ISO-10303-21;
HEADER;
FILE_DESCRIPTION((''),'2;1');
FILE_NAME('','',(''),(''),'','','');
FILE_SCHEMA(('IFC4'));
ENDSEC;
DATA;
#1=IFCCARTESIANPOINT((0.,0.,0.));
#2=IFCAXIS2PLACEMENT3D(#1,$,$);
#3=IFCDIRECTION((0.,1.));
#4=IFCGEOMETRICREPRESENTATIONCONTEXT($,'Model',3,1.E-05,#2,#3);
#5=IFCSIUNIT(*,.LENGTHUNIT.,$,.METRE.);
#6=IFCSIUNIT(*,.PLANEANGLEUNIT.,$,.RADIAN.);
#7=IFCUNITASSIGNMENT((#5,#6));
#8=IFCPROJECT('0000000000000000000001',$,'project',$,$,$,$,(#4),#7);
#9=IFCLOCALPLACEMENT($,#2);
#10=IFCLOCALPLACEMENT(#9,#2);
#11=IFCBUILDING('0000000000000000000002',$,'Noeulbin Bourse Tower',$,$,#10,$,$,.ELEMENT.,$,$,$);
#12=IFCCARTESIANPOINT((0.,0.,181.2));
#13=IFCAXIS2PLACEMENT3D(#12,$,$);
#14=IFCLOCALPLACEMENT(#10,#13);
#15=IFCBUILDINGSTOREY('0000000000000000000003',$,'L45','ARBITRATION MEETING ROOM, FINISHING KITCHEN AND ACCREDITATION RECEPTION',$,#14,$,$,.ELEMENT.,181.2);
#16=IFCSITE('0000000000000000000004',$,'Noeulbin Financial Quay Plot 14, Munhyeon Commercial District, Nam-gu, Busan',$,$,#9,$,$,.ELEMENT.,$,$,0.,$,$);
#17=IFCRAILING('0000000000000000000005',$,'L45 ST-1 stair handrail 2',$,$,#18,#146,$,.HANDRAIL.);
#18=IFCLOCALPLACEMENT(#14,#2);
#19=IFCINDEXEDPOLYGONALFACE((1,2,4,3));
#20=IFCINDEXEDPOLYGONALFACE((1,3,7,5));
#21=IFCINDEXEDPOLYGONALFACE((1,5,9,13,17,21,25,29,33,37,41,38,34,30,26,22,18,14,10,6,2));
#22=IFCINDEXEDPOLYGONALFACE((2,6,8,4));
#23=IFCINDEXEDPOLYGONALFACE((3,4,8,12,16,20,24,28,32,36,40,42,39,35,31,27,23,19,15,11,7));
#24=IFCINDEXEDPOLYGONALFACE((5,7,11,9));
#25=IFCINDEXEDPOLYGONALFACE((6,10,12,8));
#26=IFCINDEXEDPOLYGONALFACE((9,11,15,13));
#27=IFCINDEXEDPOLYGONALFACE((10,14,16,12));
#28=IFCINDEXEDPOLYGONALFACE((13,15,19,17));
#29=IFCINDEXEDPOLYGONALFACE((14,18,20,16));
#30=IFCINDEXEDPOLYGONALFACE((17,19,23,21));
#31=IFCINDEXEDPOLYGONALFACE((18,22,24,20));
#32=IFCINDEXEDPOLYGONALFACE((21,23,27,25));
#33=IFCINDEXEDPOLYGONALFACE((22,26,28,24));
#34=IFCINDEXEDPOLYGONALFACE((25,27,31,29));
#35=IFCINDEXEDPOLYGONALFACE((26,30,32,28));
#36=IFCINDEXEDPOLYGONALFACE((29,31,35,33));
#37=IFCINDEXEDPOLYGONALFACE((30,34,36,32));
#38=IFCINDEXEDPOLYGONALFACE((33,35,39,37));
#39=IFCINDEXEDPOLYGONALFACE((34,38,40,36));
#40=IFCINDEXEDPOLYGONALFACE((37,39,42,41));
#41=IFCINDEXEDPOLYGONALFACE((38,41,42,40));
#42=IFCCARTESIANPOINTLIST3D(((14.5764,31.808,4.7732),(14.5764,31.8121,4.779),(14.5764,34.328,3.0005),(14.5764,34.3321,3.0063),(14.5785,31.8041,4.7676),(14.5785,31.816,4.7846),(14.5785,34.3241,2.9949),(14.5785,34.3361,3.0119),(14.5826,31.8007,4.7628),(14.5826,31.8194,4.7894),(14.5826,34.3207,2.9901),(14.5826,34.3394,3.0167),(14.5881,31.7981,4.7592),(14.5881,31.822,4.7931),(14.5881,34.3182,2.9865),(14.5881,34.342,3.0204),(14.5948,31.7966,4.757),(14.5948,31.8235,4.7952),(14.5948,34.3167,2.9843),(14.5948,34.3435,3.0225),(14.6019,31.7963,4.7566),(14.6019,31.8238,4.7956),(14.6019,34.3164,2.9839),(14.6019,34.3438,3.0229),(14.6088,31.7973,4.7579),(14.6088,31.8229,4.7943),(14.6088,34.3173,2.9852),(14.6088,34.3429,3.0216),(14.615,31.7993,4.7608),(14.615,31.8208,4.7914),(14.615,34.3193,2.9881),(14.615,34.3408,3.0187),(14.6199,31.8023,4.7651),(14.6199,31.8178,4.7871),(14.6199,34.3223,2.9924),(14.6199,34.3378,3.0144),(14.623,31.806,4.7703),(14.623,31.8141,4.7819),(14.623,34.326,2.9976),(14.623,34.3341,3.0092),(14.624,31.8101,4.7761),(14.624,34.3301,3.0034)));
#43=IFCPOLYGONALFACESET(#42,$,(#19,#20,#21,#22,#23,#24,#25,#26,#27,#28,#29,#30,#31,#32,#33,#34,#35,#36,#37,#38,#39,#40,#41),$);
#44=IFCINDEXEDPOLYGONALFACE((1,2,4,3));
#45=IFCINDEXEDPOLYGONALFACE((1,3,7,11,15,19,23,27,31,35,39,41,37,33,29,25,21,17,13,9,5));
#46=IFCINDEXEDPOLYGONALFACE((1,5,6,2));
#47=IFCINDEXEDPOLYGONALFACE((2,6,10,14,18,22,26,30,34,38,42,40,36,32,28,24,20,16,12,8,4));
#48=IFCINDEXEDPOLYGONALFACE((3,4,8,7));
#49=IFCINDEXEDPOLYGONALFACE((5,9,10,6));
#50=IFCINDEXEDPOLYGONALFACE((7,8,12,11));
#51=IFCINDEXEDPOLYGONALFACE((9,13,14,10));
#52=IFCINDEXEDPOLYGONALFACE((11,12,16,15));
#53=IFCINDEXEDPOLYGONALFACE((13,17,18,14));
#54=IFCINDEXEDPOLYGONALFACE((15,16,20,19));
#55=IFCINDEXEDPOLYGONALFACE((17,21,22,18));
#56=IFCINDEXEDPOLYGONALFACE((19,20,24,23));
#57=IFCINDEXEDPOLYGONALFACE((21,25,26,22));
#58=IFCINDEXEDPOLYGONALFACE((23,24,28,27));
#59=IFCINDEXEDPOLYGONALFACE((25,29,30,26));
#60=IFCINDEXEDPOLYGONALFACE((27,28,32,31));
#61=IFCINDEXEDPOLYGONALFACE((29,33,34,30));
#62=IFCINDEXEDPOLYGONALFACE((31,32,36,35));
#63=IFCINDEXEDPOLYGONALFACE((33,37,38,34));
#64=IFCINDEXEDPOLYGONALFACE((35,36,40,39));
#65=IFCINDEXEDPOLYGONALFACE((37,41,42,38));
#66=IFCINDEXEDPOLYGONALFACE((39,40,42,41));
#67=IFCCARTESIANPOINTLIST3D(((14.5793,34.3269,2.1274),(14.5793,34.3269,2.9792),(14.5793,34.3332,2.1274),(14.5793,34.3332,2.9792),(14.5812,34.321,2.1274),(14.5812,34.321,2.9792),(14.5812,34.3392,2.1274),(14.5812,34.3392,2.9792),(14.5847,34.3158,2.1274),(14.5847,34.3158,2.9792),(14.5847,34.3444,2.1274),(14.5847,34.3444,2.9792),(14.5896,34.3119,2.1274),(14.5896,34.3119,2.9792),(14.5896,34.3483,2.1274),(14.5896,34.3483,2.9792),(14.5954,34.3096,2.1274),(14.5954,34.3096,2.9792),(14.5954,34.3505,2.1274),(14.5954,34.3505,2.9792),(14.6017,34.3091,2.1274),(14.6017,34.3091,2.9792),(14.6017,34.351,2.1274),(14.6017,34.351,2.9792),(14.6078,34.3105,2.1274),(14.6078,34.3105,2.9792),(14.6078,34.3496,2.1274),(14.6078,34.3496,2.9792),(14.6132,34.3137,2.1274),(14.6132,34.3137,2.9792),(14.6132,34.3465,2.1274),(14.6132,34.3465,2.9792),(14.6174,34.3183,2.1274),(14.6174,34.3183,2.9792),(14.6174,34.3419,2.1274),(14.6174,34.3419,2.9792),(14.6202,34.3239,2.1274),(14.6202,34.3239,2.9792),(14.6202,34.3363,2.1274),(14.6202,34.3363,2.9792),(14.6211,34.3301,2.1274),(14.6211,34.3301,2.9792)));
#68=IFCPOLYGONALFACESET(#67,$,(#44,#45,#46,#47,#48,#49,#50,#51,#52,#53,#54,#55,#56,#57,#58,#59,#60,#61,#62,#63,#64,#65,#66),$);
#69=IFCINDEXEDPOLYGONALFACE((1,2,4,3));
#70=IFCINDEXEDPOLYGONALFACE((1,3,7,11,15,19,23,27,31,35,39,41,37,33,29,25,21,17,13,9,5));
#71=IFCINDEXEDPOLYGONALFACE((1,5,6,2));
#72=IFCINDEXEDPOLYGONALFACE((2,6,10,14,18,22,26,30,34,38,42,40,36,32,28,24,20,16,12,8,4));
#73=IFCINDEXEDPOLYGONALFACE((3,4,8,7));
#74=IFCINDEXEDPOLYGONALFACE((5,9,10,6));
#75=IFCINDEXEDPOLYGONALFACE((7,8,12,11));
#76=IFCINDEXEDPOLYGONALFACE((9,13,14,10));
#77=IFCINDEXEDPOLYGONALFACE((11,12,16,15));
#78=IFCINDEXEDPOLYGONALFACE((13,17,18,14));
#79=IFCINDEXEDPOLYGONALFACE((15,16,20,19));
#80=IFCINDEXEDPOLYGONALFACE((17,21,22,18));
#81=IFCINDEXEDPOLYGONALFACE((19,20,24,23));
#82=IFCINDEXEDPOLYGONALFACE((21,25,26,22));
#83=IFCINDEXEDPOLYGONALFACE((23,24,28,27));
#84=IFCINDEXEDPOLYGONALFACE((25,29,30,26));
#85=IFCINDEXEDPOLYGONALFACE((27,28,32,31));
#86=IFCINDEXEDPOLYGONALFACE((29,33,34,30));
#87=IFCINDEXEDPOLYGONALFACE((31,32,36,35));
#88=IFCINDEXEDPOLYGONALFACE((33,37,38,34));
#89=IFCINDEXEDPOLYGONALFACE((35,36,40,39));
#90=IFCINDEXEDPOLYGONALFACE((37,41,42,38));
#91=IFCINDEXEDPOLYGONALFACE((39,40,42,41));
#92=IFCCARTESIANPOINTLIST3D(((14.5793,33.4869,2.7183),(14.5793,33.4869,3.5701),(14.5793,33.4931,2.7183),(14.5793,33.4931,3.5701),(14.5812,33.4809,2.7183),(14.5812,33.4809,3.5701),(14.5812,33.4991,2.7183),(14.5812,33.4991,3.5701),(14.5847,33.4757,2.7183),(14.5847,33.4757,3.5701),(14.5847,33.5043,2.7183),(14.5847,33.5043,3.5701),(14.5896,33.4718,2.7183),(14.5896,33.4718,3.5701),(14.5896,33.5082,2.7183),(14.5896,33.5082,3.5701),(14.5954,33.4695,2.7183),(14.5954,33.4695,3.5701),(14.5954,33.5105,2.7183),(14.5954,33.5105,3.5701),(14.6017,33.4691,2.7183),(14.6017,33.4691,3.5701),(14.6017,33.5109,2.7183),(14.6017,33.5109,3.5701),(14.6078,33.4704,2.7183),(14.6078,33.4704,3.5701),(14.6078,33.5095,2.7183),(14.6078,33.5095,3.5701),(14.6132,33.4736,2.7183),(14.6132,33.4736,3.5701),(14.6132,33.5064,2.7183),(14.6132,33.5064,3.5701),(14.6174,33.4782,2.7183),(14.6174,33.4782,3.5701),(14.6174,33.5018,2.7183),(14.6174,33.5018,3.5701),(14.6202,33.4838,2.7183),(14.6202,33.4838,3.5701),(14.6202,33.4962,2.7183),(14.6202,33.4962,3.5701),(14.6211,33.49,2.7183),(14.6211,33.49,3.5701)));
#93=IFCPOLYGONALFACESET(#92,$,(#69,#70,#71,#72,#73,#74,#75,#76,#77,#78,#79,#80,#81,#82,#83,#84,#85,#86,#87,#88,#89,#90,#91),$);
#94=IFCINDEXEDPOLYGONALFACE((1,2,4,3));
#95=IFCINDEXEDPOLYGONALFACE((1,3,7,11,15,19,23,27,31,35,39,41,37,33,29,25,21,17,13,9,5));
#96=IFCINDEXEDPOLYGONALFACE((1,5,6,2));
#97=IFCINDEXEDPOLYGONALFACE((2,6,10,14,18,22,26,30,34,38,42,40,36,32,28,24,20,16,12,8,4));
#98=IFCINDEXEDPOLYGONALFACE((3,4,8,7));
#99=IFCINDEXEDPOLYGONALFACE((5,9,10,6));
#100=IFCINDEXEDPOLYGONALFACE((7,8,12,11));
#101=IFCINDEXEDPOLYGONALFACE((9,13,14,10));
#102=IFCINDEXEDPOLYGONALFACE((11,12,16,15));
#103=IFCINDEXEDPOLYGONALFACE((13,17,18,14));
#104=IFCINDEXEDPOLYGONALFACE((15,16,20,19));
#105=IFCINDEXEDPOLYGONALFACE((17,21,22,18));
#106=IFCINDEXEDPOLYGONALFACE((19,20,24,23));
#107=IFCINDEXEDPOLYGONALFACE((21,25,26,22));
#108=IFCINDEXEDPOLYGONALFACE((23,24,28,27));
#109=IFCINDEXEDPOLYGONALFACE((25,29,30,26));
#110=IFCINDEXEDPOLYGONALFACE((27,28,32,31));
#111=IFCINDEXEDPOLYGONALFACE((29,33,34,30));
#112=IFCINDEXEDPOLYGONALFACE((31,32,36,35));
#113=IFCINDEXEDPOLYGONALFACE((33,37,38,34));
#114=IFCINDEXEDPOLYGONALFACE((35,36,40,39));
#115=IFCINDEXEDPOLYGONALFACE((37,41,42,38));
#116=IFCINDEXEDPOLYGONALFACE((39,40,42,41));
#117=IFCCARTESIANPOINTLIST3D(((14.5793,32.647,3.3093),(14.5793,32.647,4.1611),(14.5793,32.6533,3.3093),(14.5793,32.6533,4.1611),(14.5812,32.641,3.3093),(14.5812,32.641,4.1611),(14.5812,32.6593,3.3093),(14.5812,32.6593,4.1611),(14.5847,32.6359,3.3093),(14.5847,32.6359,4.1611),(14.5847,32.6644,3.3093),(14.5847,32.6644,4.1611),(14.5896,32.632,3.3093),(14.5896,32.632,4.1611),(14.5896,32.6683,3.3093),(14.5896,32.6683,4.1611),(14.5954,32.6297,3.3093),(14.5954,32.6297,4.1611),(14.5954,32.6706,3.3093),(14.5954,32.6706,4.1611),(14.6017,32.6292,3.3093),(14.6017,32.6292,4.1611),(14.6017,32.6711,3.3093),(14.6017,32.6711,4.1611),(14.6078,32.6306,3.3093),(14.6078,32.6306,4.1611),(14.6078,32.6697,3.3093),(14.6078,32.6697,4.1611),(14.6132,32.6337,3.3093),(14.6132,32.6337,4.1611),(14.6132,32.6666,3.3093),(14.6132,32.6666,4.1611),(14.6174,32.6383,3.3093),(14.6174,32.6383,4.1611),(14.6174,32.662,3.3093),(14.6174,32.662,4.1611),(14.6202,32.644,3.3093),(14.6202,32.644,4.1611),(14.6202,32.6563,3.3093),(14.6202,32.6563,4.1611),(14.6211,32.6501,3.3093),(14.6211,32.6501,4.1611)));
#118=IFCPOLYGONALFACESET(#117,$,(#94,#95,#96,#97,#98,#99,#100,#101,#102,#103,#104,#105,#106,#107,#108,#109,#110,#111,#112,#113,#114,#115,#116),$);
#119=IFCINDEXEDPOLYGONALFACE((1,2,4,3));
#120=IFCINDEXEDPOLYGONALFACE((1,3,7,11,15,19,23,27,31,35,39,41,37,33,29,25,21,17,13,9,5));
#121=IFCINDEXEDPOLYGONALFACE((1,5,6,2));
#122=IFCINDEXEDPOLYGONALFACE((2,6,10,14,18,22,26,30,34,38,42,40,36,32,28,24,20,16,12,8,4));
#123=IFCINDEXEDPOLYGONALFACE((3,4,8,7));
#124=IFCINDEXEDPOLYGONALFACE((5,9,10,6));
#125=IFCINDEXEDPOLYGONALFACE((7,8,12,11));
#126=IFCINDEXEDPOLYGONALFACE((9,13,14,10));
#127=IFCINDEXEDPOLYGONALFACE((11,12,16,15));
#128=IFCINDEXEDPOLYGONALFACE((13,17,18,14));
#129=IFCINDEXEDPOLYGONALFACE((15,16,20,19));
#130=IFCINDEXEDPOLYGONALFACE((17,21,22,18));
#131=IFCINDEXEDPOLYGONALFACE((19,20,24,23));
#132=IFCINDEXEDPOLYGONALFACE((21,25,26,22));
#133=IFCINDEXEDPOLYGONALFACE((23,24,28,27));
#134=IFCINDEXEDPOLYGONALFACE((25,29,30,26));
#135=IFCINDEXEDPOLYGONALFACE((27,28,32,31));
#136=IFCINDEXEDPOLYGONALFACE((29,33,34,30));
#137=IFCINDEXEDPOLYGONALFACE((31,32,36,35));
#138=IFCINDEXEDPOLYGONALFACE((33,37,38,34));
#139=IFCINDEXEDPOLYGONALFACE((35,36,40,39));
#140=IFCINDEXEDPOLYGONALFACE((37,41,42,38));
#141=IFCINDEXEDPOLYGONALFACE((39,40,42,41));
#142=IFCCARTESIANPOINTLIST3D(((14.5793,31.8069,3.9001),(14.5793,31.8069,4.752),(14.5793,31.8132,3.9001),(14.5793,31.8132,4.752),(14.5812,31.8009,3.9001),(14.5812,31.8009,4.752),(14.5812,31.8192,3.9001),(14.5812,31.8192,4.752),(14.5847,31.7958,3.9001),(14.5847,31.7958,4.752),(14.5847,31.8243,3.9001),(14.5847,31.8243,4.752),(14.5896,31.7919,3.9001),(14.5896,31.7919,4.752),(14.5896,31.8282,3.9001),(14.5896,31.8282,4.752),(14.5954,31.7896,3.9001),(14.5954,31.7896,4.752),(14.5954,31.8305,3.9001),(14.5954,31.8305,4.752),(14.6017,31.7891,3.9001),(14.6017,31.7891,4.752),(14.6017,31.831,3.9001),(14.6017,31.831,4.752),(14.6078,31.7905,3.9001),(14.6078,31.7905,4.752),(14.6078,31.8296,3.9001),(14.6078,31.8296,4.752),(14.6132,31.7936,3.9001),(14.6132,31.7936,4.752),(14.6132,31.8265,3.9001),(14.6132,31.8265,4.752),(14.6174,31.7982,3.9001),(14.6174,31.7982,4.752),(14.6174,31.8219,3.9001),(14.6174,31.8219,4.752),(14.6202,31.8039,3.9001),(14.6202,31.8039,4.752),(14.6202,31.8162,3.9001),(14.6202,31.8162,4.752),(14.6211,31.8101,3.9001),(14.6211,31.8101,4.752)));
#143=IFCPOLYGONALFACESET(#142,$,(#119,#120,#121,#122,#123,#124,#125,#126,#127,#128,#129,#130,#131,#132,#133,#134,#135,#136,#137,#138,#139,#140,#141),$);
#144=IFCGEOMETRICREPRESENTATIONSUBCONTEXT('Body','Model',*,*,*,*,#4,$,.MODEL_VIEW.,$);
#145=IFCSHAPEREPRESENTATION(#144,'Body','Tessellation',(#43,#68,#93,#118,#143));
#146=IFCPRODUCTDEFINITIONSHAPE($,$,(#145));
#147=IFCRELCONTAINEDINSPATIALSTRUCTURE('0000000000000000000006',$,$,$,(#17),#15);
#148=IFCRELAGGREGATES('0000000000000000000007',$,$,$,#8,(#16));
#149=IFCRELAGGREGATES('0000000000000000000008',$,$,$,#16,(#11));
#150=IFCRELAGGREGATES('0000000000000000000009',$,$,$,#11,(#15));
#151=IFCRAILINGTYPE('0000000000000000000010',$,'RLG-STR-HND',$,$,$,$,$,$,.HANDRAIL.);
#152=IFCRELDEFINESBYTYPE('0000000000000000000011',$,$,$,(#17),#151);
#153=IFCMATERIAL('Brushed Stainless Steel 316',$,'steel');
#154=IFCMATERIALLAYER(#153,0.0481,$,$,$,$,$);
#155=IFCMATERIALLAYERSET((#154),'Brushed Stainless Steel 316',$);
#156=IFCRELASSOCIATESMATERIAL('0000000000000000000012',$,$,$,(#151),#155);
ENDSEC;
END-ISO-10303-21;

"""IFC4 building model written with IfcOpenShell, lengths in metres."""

from ifc_helpers import new_model, si_unit, direction, frame, origin, origin_2d, place, context, subcontext, project, spatial, circle, extrude, material, layer, layer_set, type_object, element, save


model = new_model("IFC4")

# Units and contexts
model_context = context("Model", 3, precision=1e-05, world=origin(), true_north=direction((0.0, 1.0)))
body_context = subcontext(model_context, "Body", "Model", "MODEL_VIEW")
ifc_project = project(units=[si_unit("LENGTHUNIT", "METRE"), si_unit("PLANEANGLEUNIT", "RADIAN")], contexts=[model_context])

# Site, building, storey
site_placement = place(None, origin())
site = spatial("IfcSite", under=ifc_project, at=site_placement, Name="Noeulbin Financial Quay Plot 14, Munhyeon Commercial District, Nam-gu, Busan", CompositionType="ELEMENT", RefElevation=0.0)
building_placement = place(site_placement, origin())
building = spatial("IfcBuilding", under=site, at=building_placement, Name="Noeulbin Bourse Tower", CompositionType="ELEMENT")
storey_placement = place(building_placement, frame((0.0, 0.0, 181.2)))
storey = spatial("IfcBuildingStorey", under=building, at=storey_placement, Name="L45", Description="ARBITRATION MEETING ROOM, FINISHING KITCHEN AND ACCREDITATION RECEPTION", CompositionType="ELEMENT", Elevation=181.2)

# Railing
ifc_material_1 = material(Name="Brushed Stainless Steel 316", Category="steel")
ifc_layer_1 = layer(ifc_material_1, 0.0481)
ifc_layer_set_1 = layer_set([ifc_layer_1], Name="Brushed Stainless Steel 316")
railing_type = type_object("IfcRailingType", Name="RLG-STR-HND", PredefinedType="HANDRAIL", material=ifc_layer_set_1)
railing_placement = place(storey_placement, frame((14.6001, 34.3301, 2.1274)))
element("IfcRailing", 1, at=railing_placement, inside=storey, type_object=railing_type, Name="L45 ST-1 stair handrail 2", PredefinedType="HANDRAIL", context=body_context, shape_type="SweptSolid", body=[
    extrude(circle(Radius=0.0239, at=origin_2d()), frame((0.0, 0.0, 0.876), z_axis=(0.0, -0.817904, 0.575354), x_axis=(1.0, 0.0, 0.0)), (0.0, 0.0, 1.0), 3.0811),
    extrude(circle(Radius=0.021, at=origin_2d()), origin(), (0.0, 0.0, 1.0), 0.8518),
    extrude(circle(Radius=0.021, at=origin_2d()), frame((0.0, -0.8401, 0.5908)), (0.0, 0.0, 1.0), 0.8518),
    extrude(circle(Radius=0.021, at=origin_2d()), frame((0.0, -1.6799, 1.1819)), (0.0, 0.0, 1.0), 0.8518),
    extrude(circle(Radius=0.021, at=origin_2d()), frame((0.0, -2.52, 1.7727)), (0.0, 0.0, 1.0), 0.8518),
])

save(model, "model.ifc")
